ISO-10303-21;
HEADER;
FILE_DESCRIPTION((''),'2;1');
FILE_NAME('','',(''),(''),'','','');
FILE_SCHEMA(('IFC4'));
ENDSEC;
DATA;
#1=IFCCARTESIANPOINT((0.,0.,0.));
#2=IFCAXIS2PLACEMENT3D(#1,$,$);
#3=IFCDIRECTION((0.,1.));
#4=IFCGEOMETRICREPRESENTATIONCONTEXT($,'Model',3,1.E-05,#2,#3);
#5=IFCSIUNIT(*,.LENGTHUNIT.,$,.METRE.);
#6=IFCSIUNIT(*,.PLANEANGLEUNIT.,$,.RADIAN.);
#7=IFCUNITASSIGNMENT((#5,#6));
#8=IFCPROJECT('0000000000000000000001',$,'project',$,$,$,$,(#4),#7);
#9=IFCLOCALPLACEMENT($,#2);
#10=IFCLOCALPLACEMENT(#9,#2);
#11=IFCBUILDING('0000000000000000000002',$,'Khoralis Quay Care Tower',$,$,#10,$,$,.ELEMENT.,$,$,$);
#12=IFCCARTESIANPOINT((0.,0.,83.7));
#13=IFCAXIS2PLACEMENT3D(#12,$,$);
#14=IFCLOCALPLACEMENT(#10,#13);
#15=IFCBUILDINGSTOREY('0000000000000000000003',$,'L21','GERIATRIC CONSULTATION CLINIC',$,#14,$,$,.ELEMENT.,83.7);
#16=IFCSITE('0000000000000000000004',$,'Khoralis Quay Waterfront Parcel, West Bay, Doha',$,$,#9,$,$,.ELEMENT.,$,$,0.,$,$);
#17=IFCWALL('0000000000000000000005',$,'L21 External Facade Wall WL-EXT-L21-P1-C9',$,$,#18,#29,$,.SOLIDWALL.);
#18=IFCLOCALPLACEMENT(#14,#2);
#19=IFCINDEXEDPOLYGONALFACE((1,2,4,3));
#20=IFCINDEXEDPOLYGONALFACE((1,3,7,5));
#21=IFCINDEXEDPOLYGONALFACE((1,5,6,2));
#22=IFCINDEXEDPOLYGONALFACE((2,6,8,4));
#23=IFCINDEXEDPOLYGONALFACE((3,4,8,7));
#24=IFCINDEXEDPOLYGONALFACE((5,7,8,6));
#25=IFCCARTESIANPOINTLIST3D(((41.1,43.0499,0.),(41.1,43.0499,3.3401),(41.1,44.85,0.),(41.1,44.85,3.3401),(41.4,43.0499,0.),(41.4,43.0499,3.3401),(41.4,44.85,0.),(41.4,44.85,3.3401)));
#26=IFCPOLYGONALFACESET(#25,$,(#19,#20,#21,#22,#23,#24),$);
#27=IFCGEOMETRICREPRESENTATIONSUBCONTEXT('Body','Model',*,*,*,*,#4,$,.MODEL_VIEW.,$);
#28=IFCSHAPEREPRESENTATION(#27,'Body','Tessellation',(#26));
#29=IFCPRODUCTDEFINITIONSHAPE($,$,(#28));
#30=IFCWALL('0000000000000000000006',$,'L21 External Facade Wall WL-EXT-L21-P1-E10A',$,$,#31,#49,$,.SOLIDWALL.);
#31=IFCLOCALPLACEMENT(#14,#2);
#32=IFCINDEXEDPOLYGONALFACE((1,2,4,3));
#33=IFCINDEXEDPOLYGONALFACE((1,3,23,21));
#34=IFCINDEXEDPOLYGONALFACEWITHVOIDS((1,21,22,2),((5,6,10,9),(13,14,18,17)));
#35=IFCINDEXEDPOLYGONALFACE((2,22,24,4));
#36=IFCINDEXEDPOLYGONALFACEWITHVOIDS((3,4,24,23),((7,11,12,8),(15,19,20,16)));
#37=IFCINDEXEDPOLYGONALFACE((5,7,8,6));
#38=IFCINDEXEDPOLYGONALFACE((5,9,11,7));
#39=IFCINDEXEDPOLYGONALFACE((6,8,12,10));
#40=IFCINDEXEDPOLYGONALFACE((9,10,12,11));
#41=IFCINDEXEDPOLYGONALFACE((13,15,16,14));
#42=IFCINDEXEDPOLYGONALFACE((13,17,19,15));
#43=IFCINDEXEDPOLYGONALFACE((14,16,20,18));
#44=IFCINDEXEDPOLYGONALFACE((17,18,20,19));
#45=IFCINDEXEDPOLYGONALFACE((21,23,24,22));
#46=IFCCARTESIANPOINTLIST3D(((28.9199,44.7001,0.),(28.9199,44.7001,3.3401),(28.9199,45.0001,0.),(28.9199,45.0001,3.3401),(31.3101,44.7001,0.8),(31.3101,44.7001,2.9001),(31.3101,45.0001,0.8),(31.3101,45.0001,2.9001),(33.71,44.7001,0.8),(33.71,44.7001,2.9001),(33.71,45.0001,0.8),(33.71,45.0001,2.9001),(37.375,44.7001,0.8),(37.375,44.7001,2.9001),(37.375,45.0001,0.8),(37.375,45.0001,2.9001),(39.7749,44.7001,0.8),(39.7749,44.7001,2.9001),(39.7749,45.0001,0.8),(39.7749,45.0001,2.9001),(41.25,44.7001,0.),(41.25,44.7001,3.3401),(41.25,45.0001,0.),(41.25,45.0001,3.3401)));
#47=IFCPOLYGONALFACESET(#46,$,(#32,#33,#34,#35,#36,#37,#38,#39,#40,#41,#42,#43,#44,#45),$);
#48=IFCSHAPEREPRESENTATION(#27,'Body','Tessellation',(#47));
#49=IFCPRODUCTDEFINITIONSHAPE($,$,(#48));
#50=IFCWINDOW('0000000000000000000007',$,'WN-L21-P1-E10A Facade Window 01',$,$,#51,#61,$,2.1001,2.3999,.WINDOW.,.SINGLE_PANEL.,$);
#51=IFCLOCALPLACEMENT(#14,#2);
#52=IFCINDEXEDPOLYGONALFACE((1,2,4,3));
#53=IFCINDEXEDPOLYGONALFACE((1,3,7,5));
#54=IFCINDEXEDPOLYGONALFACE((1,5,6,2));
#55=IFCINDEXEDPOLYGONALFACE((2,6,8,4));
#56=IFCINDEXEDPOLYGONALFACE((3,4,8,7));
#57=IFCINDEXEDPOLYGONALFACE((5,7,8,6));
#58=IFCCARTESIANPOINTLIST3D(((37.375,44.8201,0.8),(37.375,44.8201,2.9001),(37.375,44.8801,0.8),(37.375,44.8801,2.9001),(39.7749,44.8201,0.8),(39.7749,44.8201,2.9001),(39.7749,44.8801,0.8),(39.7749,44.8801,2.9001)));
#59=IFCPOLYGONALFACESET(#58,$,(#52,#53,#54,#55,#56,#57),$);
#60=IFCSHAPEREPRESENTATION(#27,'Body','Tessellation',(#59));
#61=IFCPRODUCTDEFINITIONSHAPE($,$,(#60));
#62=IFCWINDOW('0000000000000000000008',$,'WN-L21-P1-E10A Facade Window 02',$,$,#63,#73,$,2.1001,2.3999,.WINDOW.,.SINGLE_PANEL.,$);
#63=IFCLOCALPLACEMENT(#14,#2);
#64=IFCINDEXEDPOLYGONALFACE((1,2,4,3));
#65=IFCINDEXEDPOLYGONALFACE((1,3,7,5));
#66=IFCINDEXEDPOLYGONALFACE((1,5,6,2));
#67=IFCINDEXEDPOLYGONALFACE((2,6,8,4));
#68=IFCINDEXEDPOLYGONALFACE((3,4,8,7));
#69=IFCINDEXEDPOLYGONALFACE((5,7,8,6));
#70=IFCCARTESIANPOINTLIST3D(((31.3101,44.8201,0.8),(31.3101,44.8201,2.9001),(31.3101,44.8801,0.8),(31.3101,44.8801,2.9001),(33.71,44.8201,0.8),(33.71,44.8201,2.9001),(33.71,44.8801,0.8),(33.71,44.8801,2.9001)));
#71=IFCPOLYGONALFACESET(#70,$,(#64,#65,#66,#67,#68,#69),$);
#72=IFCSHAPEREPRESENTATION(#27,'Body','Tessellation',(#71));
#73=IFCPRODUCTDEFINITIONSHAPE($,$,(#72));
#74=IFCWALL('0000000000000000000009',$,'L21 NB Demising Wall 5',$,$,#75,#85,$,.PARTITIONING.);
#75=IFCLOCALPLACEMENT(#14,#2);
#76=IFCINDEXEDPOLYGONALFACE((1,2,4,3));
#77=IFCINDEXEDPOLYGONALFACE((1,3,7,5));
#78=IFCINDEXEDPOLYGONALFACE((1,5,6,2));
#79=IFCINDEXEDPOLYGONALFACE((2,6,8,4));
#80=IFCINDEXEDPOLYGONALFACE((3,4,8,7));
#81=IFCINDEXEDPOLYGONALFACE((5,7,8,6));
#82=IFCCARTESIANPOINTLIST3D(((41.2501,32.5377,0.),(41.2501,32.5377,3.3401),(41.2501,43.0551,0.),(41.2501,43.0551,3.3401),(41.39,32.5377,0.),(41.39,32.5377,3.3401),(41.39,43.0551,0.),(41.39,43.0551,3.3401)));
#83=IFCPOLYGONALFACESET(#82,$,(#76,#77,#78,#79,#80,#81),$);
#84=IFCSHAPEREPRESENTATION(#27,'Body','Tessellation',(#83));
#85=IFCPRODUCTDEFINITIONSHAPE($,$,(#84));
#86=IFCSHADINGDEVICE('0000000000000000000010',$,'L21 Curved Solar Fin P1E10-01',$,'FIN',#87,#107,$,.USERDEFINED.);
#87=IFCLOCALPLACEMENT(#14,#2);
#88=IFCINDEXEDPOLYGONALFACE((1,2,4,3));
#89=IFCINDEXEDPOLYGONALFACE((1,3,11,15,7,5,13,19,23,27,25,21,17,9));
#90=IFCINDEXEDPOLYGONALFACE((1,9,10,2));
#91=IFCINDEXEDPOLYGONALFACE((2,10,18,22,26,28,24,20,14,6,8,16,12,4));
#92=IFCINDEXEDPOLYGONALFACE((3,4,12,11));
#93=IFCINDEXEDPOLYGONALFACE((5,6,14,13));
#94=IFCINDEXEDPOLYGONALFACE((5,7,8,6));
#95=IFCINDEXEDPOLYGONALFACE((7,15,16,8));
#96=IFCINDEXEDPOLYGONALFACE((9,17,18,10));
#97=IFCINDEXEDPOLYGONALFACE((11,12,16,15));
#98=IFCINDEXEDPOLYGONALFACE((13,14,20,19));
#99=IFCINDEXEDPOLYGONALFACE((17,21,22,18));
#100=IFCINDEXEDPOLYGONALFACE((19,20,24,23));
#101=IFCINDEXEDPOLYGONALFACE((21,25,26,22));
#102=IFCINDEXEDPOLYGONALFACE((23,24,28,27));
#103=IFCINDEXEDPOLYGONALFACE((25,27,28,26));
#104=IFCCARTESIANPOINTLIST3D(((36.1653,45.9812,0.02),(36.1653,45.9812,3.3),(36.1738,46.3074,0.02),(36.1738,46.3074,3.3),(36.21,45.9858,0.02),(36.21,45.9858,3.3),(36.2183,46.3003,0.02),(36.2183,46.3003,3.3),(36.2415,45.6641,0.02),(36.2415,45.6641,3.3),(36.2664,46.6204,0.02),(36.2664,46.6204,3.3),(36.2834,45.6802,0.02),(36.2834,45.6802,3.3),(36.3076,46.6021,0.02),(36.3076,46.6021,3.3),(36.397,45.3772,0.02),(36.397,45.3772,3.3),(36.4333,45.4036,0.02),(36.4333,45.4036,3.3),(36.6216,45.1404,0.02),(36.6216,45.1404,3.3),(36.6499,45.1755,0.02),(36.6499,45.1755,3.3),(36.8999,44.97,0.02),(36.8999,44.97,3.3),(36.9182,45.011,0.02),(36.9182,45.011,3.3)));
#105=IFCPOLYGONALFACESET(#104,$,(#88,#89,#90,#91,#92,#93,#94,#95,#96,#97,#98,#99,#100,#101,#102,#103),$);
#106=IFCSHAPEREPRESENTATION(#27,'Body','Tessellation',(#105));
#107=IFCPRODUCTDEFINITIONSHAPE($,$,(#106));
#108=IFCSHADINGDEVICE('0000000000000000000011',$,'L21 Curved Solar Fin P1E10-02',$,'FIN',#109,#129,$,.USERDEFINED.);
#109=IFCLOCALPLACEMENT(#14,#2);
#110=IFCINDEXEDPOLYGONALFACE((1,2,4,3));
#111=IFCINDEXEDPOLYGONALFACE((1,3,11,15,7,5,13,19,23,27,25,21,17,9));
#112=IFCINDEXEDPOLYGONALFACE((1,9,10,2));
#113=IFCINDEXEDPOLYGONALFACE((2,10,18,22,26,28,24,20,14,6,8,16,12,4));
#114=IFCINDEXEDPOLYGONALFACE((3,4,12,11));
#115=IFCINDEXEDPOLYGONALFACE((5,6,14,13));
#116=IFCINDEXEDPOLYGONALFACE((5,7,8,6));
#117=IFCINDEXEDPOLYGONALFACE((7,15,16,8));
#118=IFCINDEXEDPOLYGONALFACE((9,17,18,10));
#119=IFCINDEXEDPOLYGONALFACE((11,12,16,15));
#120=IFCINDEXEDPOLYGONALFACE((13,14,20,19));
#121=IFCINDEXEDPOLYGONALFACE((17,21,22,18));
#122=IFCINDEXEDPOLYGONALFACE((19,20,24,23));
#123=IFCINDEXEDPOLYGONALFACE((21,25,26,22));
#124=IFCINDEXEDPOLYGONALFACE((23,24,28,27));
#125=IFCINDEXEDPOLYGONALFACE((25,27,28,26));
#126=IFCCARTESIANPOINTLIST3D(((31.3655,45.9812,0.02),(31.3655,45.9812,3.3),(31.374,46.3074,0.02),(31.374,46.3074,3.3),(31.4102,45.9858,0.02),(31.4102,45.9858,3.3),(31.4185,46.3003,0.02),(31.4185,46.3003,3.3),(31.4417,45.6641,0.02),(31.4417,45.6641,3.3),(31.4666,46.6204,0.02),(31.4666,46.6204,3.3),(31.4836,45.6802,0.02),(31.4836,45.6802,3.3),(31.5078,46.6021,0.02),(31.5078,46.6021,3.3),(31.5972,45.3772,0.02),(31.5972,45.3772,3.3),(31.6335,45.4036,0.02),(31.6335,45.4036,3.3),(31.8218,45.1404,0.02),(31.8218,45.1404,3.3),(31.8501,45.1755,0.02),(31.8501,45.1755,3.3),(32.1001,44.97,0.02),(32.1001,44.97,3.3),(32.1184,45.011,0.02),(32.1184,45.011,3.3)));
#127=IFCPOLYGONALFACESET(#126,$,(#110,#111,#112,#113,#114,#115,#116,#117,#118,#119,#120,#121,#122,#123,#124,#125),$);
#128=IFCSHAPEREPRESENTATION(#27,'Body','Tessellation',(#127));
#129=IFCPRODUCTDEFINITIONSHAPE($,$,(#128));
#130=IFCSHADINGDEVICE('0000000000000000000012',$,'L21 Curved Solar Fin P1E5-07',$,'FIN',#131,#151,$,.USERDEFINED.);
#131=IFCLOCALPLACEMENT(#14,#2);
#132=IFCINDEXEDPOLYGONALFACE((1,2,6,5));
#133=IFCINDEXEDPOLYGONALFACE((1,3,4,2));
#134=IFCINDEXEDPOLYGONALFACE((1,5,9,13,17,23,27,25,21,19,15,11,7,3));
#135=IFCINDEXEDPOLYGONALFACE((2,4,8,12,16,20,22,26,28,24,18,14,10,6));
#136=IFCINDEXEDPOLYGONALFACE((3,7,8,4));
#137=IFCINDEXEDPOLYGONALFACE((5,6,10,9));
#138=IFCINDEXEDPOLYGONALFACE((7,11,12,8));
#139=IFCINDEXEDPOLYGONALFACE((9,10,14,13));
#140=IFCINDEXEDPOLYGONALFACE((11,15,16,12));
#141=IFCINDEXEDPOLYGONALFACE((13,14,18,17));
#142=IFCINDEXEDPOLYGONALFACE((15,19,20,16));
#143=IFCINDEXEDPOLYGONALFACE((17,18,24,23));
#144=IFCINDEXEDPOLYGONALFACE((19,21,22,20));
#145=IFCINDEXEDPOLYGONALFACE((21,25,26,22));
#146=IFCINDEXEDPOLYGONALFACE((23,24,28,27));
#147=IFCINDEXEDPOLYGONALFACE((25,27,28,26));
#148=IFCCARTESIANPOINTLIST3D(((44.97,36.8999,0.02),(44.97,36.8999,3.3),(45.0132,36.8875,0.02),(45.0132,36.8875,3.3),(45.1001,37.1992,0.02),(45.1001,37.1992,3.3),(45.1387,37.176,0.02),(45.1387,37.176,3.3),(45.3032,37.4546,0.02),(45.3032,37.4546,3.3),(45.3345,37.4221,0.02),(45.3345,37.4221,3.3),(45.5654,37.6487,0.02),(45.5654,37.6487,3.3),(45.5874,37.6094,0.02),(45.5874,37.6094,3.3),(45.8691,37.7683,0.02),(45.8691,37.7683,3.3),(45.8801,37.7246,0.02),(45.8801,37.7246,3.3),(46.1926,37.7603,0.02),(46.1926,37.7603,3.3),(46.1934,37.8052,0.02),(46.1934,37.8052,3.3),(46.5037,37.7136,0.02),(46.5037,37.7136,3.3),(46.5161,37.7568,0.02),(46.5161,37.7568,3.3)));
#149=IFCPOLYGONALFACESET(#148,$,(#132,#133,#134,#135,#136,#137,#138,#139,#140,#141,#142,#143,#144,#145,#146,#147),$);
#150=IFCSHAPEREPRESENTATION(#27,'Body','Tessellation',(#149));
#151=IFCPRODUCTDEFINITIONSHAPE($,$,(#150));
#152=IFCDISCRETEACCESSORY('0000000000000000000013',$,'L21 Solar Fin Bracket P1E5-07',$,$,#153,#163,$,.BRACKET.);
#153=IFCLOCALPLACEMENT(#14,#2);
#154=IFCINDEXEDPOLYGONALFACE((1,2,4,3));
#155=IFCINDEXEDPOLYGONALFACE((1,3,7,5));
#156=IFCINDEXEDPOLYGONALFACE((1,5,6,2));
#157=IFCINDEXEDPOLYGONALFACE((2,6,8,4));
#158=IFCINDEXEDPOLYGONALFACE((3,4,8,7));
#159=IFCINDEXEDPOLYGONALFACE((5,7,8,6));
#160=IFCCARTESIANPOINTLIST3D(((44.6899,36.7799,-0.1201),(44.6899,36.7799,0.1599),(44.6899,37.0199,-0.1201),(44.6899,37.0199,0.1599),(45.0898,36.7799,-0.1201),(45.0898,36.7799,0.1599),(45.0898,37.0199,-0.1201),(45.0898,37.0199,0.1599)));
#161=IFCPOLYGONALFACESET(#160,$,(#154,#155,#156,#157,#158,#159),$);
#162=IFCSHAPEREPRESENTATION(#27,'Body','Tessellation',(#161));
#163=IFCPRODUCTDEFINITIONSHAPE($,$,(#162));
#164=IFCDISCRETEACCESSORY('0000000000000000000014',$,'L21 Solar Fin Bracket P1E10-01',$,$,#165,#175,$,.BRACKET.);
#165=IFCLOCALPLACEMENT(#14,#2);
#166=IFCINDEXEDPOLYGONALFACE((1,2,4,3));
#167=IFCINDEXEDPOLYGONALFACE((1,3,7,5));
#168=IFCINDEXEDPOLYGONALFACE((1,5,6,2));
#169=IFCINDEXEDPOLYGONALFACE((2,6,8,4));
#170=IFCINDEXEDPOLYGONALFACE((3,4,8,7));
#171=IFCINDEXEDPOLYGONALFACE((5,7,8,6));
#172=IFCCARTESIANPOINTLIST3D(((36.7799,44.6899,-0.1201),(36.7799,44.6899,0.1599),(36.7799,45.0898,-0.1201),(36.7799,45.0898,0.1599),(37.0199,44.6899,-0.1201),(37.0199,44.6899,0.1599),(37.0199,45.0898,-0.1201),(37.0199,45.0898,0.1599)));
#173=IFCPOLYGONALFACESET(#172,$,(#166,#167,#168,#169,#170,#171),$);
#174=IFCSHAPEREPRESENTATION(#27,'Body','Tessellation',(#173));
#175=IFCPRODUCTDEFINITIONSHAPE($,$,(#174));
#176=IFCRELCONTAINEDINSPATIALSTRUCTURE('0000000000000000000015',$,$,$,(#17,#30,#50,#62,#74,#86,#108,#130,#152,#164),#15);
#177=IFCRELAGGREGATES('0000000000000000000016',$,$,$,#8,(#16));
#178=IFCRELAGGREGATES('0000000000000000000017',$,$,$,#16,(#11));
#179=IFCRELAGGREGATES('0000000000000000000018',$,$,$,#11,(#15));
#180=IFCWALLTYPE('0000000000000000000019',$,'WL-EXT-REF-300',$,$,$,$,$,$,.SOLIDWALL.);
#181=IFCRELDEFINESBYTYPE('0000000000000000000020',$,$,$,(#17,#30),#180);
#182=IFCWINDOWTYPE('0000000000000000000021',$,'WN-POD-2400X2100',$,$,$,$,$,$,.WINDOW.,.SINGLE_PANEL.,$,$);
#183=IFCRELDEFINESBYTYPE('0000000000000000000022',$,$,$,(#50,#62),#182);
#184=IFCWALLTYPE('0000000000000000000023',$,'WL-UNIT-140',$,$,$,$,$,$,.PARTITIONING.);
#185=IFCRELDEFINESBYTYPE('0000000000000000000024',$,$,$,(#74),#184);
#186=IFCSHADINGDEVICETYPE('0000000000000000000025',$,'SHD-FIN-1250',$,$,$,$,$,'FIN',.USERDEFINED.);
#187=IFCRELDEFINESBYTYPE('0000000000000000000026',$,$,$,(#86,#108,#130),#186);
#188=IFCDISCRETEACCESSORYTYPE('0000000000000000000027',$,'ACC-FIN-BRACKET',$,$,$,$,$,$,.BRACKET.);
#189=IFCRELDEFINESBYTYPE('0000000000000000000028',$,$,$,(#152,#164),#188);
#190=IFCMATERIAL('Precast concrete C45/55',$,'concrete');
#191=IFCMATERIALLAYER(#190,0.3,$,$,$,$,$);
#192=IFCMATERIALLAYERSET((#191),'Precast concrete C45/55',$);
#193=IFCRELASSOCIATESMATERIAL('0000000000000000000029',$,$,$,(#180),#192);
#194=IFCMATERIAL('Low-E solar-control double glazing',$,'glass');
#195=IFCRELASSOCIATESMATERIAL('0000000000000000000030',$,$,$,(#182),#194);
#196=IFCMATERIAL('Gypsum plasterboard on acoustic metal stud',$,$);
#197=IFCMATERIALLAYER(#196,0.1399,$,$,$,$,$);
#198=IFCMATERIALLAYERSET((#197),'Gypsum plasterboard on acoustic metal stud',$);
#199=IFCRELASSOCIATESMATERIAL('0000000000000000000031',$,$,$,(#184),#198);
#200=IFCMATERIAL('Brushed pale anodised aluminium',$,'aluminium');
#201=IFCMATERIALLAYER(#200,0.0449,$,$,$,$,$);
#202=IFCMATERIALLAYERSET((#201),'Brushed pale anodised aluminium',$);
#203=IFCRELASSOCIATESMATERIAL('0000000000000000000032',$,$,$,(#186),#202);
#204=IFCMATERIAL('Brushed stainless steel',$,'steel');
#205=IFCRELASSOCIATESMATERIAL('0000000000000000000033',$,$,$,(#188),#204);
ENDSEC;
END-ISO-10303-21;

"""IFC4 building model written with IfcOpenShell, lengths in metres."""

from ifc_helpers import new_model, si_unit, direction, frame, frame_2d, origin, origin_2d, place, context, subcontext, project, spatial, polyline, rectangle, outline, extrude, source, transform, mapped, material, layer, layer_set, type_object, element, fill, save


model = new_model("IFC4")

# Units and contexts
model_context = context("Model", 3, precision=1e-05, world=origin(), true_north=direction((0.0, 1.0)))
body_context = subcontext(model_context, "Body", "Model", "MODEL_VIEW")
ifc_project = project(units=[si_unit("LENGTHUNIT", "METRE"), si_unit("PLANEANGLEUNIT", "RADIAN")], contexts=[model_context])

# Site, building, storey
site_placement = place(None, origin())
site = spatial("IfcSite", under=ifc_project, at=site_placement, Name="Khoralis Quay Waterfront Parcel, West Bay, Doha", CompositionType="ELEMENT", RefElevation=0.0)
building_placement = place(site_placement, origin())
building = spatial("IfcBuilding", under=site, at=building_placement, Name="Khoralis Quay Care Tower", CompositionType="ELEMENT")
storey_placement = place(building_placement, frame((0.0, 0.0, 83.7)))
storey = spatial("IfcBuildingStorey", under=building, at=storey_placement, Name="L21", Description="GERIATRIC CONSULTATION CLINIC", CompositionType="ELEMENT", Elevation=83.7)

# Wall
ifc_material_1 = material(Name="Precast concrete C45/55", Category="concrete")
ifc_layer_1 = layer(ifc_material_1, 0.3)
ifc_layer_set_1 = layer_set([ifc_layer_1], Name="Precast concrete C45/55")
wall_type_1 = type_object("IfcWallType", Name="WL-EXT-REF-300", PredefinedType="SOLIDWALL", material=ifc_layer_set_1)
for number, where, z_axis, x_axis, name in (
    (1, (41.25, 43.05, 0.0), (0.0, 0.0, 1.0), (0.0, 1.0, 0.0), "L21 External Facade Wall WL-EXT-L21-P1-C9"),
):
    element("IfcWall", number, at=place(storey_placement, frame(where, z_axis=z_axis, x_axis=x_axis)), inside=storey, type_object=wall_type_1, Name=name, PredefinedType="SOLIDWALL", context=body_context, shape_type="SweptSolid", body=[
        extrude(rectangle(XDim=1.8, YDim=0.3, at=frame_2d((0.8999, 0.0))), origin(), (0.0, 0.0, 1.0), 3.3401),
    ])

# Wall, openings, windows
wall_1_placement = place(storey_placement, frame((41.25, 44.8501, 0.0), z_axis=(0.0, 0.0, 1.0), x_axis=(-1.0, 0.0, 0.0)))
wall_1 = element("IfcWall", 2, at=wall_1_placement, inside=storey, type_object=wall_type_1, Name="L21 External Facade Wall WL-EXT-L21-P1-E10A", PredefinedType="SOLIDWALL", context=body_context, shape_type="SweptSolid", body=[
    extrude(rectangle(XDim=12.3301, YDim=0.3, at=frame_2d((6.165, 0.0))), origin(), (0.0, 0.0, 1.0), 3.3401),
])
opening_1_placement = place(wall_1_placement, frame((1.4751, 0.0, 0.8)))
opening_1 = element("IfcOpeningElement", 3, at=opening_1_placement, cuts=wall_1, PredefinedType="OPENING", context=body_context, shape_type="SweptSolid", body=[
    extrude(rectangle(XDim=2.3999, YDim=2.1001, at=frame_2d((1.2, 1.05))), frame((0.0, 0.1602, 0.0), z_axis=(0.0, -1.0, 0.0), x_axis=(1.0, 0.0, 0.0)), (0.0, 0.0, 1.0), 0.3201),
])
opening_2_placement = place(wall_1_placement, frame((7.54, 0.0, 0.8)))
opening_2 = element("IfcOpeningElement", 4, at=opening_2_placement, cuts=wall_1, PredefinedType="OPENING", context=body_context, shape_type="SweptSolid", body=[
    extrude(rectangle(XDim=2.3999, YDim=2.1001, at=frame_2d((1.2, 1.05))), frame((0.0, 0.1602, 0.0), z_axis=(0.0, -1.0, 0.0), x_axis=(1.0, 0.0, 0.0)), (0.0, 0.0, 1.0), 0.3201),
])
ifc_material_2 = material(Name="Low-E solar-control double glazing", Category="glass")
window_type = type_object("IfcWindowType", Name="WN-POD-2400X2100", PartitioningType="SINGLE_PANEL", PredefinedType="WINDOW", material=ifc_material_2)
shared_shape_1 = source(origin(), body_context, "Body", "SweptSolid", [
    extrude(rectangle(XDim=2.3999, YDim=2.1001, at=frame_2d((1.2, 1.05))), frame((0.0, 0.03, 0.0), z_axis=(0.0, -1.0, 0.0), x_axis=(1.0, 0.0, 0.0)), (0.0, 0.0, 1.0), 0.0601),
])
window_1_placement = place(opening_1_placement, origin())
window_1 = element("IfcWindow", 5, at=window_1_placement, inside=storey, type_object=window_type, Name="WN-L21-P1-E10A Facade Window 01", OverallHeight=2.1001, OverallWidth=2.3999, PartitioningType="SINGLE_PANEL", PredefinedType="WINDOW", context=body_context, shape_type="MappedRepresentation", body=[
    mapped(shared_shape_1, transform((0.0, 0.0, 0.0), scale=1.0)),
])
fill(opening_1, window_1)
window_2_placement = place(opening_2_placement, origin())
window_2 = element("IfcWindow", 6, at=window_2_placement, inside=storey, type_object=window_type, Name="WN-L21-P1-E10A Facade Window 02", OverallHeight=2.1001, OverallWidth=2.3999, PartitioningType="SINGLE_PANEL", PredefinedType="WINDOW", context=body_context, shape_type="MappedRepresentation", body=[
    mapped(shared_shape_1, transform((0.0, 0.0, 0.0), scale=1.0)),
])
fill(opening_2, window_2)

# Wall
ifc_material_3 = material(Name="Gypsum plasterboard on acoustic metal stud")
ifc_layer_2 = layer(ifc_material_3, 0.1399)
ifc_layer_set_2 = layer_set([ifc_layer_2], Name="Gypsum plasterboard on acoustic metal stud")
wall_type_2 = type_object("IfcWallType", Name="WL-UNIT-140", PredefinedType="PARTITIONING", material=ifc_layer_set_2)
wall_2_placement = place(storey_placement, frame((41.3201, 32.5376, 0.0), z_axis=(0.0, 0.0, 1.0), x_axis=(0.0, 1.0, 0.0)))
element("IfcWall", 7, at=wall_2_placement, inside=storey, type_object=wall_type_2, Name="L21 NB Demising Wall 5", PredefinedType="PARTITIONING", context=body_context, shape_type="SweptSolid", body=[
    extrude(rectangle(XDim=10.5173, YDim=0.1399, at=frame_2d((5.2588, 0.0))), origin(), (0.0, 0.0, 1.0), 3.3401),
])

# Shading devices
ifc_material_4 = material(Name="Brushed pale anodised aluminium", Category="aluminium")
ifc_layer_3 = layer(ifc_material_4, 0.0449)
ifc_layer_set_3 = layer_set([ifc_layer_3], Name="Brushed pale anodised aluminium")
shading_device_type = type_object("IfcShadingDeviceType", Name="SHD-FIN-1250", ElementType="FIN", PredefinedType="USERDEFINED", material=ifc_layer_set_3)
shared_shape_2 = source(origin(), body_context, "Body", "SweptSolid", [
    extrude(outline(polyline([(0.0, 0.0), (0.1704, 0.2783), (0.4072, 0.5029), (0.6941, 0.6584), (1.0112, 0.7346), (1.3374, 0.7261), (1.6504, 0.6335), (1.6321, 0.5923), (1.3303, 0.6816), (1.0159, 0.6899), (0.7102, 0.6165), (0.4336, 0.4666), (0.2056, 0.25), (0.041, -0.0183), (0.0, 0.0)])), origin(), (0.0, 0.0, 1.0), 3.28),
])
for number, where, z_axis, x_axis, name in (
    (8, (36.8999, 44.97, 0.02), (0.0, 0.0, 1.0), (0.0, 1.0, 0.0), "L21 Curved Solar Fin P1E10-01"),
    (9, (32.1001, 44.97, 0.02), (0.0, 0.0, 1.0), (0.0, 1.0, 0.0), "L21 Curved Solar Fin P1E10-02"),
):
    element("IfcShadingDevice", number, at=place(storey_placement, frame(where, z_axis=z_axis, x_axis=x_axis)), inside=storey, type_object=shading_device_type, Name=name, ObjectType="FIN", PredefinedType="USERDEFINED", context=body_context, shape_type="MappedRepresentation", body=[
        mapped(shared_shape_2, transform((0.0, 0.0, 0.0), scale=1.0)),
    ])
shared_shape_3 = source(origin(), body_context, "Body", "SweptSolid", [
    extrude(outline(polyline([(0.0, 0.0), (0.1301, 0.2993), (0.3333, 0.5547), (0.5955, 0.7488), (0.8992, 0.8684), (1.2234, 0.9053), (1.5461, 0.8569), (1.5337, 0.8137), (1.2227, 0.8604), (0.9102, 0.8247), (0.6174, 0.7095), (0.3645, 0.5222), (0.1687, 0.2761), (0.0432, -0.0125), (0.0, 0.0)])), origin(), (0.0, 0.0, 1.0), 3.28),
])
shading_device_placement = place(storey_placement, frame((44.97, 36.8999, 0.02), z_axis=(0.0, 0.0, 1.0), x_axis=(1.0, 0.0, 0.0)))
element("IfcShadingDevice", 10, at=shading_device_placement, inside=storey, type_object=shading_device_type, Name="L21 Curved Solar Fin P1E5-07", ObjectType="FIN", PredefinedType="USERDEFINED", context=body_context, shape_type="MappedRepresentation", body=[
    mapped(shared_shape_3, transform((0.0, 0.0, 0.0), scale=1.0)),
])

# Discrete accessories
ifc_material_5 = material(Name="Brushed stainless steel", Category="steel")
discrete_accessory_type = type_object("IfcDiscreteAccessoryType", Name="ACC-FIN-BRACKET", PredefinedType="BRACKET", material=ifc_material_5)
shared_shape_4 = source(origin(), body_context, "Body", "SweptSolid", [
    extrude(rectangle(XDim=0.3999, YDim=0.24, at=origin_2d()), origin(), (0.0, 0.0, 1.0), 0.28),
])
for number, where, z_axis, x_axis, name in (
    (11, (44.8899, 36.8999, -0.1201), (0.0, 0.0, 1.0), (1.0, 0.0, 0.0), "L21 Solar Fin Bracket P1E5-07"),
    (12, (36.8999, 44.8899, -0.1201), (0.0, 0.0, 1.0), (0.0, 1.0, 0.0), "L21 Solar Fin Bracket P1E10-01"),
):
    element("IfcDiscreteAccessory", number, at=place(storey_placement, frame(where, z_axis=z_axis, x_axis=x_axis)), inside=storey, type_object=discrete_accessory_type, Name=name, PredefinedType="BRACKET", context=body_context, shape_type="MappedRepresentation", body=[
        mapped(shared_shape_4, transform((0.0, 0.0, 0.0), scale=1.0)),
    ])

save(model, "model.ifc")
